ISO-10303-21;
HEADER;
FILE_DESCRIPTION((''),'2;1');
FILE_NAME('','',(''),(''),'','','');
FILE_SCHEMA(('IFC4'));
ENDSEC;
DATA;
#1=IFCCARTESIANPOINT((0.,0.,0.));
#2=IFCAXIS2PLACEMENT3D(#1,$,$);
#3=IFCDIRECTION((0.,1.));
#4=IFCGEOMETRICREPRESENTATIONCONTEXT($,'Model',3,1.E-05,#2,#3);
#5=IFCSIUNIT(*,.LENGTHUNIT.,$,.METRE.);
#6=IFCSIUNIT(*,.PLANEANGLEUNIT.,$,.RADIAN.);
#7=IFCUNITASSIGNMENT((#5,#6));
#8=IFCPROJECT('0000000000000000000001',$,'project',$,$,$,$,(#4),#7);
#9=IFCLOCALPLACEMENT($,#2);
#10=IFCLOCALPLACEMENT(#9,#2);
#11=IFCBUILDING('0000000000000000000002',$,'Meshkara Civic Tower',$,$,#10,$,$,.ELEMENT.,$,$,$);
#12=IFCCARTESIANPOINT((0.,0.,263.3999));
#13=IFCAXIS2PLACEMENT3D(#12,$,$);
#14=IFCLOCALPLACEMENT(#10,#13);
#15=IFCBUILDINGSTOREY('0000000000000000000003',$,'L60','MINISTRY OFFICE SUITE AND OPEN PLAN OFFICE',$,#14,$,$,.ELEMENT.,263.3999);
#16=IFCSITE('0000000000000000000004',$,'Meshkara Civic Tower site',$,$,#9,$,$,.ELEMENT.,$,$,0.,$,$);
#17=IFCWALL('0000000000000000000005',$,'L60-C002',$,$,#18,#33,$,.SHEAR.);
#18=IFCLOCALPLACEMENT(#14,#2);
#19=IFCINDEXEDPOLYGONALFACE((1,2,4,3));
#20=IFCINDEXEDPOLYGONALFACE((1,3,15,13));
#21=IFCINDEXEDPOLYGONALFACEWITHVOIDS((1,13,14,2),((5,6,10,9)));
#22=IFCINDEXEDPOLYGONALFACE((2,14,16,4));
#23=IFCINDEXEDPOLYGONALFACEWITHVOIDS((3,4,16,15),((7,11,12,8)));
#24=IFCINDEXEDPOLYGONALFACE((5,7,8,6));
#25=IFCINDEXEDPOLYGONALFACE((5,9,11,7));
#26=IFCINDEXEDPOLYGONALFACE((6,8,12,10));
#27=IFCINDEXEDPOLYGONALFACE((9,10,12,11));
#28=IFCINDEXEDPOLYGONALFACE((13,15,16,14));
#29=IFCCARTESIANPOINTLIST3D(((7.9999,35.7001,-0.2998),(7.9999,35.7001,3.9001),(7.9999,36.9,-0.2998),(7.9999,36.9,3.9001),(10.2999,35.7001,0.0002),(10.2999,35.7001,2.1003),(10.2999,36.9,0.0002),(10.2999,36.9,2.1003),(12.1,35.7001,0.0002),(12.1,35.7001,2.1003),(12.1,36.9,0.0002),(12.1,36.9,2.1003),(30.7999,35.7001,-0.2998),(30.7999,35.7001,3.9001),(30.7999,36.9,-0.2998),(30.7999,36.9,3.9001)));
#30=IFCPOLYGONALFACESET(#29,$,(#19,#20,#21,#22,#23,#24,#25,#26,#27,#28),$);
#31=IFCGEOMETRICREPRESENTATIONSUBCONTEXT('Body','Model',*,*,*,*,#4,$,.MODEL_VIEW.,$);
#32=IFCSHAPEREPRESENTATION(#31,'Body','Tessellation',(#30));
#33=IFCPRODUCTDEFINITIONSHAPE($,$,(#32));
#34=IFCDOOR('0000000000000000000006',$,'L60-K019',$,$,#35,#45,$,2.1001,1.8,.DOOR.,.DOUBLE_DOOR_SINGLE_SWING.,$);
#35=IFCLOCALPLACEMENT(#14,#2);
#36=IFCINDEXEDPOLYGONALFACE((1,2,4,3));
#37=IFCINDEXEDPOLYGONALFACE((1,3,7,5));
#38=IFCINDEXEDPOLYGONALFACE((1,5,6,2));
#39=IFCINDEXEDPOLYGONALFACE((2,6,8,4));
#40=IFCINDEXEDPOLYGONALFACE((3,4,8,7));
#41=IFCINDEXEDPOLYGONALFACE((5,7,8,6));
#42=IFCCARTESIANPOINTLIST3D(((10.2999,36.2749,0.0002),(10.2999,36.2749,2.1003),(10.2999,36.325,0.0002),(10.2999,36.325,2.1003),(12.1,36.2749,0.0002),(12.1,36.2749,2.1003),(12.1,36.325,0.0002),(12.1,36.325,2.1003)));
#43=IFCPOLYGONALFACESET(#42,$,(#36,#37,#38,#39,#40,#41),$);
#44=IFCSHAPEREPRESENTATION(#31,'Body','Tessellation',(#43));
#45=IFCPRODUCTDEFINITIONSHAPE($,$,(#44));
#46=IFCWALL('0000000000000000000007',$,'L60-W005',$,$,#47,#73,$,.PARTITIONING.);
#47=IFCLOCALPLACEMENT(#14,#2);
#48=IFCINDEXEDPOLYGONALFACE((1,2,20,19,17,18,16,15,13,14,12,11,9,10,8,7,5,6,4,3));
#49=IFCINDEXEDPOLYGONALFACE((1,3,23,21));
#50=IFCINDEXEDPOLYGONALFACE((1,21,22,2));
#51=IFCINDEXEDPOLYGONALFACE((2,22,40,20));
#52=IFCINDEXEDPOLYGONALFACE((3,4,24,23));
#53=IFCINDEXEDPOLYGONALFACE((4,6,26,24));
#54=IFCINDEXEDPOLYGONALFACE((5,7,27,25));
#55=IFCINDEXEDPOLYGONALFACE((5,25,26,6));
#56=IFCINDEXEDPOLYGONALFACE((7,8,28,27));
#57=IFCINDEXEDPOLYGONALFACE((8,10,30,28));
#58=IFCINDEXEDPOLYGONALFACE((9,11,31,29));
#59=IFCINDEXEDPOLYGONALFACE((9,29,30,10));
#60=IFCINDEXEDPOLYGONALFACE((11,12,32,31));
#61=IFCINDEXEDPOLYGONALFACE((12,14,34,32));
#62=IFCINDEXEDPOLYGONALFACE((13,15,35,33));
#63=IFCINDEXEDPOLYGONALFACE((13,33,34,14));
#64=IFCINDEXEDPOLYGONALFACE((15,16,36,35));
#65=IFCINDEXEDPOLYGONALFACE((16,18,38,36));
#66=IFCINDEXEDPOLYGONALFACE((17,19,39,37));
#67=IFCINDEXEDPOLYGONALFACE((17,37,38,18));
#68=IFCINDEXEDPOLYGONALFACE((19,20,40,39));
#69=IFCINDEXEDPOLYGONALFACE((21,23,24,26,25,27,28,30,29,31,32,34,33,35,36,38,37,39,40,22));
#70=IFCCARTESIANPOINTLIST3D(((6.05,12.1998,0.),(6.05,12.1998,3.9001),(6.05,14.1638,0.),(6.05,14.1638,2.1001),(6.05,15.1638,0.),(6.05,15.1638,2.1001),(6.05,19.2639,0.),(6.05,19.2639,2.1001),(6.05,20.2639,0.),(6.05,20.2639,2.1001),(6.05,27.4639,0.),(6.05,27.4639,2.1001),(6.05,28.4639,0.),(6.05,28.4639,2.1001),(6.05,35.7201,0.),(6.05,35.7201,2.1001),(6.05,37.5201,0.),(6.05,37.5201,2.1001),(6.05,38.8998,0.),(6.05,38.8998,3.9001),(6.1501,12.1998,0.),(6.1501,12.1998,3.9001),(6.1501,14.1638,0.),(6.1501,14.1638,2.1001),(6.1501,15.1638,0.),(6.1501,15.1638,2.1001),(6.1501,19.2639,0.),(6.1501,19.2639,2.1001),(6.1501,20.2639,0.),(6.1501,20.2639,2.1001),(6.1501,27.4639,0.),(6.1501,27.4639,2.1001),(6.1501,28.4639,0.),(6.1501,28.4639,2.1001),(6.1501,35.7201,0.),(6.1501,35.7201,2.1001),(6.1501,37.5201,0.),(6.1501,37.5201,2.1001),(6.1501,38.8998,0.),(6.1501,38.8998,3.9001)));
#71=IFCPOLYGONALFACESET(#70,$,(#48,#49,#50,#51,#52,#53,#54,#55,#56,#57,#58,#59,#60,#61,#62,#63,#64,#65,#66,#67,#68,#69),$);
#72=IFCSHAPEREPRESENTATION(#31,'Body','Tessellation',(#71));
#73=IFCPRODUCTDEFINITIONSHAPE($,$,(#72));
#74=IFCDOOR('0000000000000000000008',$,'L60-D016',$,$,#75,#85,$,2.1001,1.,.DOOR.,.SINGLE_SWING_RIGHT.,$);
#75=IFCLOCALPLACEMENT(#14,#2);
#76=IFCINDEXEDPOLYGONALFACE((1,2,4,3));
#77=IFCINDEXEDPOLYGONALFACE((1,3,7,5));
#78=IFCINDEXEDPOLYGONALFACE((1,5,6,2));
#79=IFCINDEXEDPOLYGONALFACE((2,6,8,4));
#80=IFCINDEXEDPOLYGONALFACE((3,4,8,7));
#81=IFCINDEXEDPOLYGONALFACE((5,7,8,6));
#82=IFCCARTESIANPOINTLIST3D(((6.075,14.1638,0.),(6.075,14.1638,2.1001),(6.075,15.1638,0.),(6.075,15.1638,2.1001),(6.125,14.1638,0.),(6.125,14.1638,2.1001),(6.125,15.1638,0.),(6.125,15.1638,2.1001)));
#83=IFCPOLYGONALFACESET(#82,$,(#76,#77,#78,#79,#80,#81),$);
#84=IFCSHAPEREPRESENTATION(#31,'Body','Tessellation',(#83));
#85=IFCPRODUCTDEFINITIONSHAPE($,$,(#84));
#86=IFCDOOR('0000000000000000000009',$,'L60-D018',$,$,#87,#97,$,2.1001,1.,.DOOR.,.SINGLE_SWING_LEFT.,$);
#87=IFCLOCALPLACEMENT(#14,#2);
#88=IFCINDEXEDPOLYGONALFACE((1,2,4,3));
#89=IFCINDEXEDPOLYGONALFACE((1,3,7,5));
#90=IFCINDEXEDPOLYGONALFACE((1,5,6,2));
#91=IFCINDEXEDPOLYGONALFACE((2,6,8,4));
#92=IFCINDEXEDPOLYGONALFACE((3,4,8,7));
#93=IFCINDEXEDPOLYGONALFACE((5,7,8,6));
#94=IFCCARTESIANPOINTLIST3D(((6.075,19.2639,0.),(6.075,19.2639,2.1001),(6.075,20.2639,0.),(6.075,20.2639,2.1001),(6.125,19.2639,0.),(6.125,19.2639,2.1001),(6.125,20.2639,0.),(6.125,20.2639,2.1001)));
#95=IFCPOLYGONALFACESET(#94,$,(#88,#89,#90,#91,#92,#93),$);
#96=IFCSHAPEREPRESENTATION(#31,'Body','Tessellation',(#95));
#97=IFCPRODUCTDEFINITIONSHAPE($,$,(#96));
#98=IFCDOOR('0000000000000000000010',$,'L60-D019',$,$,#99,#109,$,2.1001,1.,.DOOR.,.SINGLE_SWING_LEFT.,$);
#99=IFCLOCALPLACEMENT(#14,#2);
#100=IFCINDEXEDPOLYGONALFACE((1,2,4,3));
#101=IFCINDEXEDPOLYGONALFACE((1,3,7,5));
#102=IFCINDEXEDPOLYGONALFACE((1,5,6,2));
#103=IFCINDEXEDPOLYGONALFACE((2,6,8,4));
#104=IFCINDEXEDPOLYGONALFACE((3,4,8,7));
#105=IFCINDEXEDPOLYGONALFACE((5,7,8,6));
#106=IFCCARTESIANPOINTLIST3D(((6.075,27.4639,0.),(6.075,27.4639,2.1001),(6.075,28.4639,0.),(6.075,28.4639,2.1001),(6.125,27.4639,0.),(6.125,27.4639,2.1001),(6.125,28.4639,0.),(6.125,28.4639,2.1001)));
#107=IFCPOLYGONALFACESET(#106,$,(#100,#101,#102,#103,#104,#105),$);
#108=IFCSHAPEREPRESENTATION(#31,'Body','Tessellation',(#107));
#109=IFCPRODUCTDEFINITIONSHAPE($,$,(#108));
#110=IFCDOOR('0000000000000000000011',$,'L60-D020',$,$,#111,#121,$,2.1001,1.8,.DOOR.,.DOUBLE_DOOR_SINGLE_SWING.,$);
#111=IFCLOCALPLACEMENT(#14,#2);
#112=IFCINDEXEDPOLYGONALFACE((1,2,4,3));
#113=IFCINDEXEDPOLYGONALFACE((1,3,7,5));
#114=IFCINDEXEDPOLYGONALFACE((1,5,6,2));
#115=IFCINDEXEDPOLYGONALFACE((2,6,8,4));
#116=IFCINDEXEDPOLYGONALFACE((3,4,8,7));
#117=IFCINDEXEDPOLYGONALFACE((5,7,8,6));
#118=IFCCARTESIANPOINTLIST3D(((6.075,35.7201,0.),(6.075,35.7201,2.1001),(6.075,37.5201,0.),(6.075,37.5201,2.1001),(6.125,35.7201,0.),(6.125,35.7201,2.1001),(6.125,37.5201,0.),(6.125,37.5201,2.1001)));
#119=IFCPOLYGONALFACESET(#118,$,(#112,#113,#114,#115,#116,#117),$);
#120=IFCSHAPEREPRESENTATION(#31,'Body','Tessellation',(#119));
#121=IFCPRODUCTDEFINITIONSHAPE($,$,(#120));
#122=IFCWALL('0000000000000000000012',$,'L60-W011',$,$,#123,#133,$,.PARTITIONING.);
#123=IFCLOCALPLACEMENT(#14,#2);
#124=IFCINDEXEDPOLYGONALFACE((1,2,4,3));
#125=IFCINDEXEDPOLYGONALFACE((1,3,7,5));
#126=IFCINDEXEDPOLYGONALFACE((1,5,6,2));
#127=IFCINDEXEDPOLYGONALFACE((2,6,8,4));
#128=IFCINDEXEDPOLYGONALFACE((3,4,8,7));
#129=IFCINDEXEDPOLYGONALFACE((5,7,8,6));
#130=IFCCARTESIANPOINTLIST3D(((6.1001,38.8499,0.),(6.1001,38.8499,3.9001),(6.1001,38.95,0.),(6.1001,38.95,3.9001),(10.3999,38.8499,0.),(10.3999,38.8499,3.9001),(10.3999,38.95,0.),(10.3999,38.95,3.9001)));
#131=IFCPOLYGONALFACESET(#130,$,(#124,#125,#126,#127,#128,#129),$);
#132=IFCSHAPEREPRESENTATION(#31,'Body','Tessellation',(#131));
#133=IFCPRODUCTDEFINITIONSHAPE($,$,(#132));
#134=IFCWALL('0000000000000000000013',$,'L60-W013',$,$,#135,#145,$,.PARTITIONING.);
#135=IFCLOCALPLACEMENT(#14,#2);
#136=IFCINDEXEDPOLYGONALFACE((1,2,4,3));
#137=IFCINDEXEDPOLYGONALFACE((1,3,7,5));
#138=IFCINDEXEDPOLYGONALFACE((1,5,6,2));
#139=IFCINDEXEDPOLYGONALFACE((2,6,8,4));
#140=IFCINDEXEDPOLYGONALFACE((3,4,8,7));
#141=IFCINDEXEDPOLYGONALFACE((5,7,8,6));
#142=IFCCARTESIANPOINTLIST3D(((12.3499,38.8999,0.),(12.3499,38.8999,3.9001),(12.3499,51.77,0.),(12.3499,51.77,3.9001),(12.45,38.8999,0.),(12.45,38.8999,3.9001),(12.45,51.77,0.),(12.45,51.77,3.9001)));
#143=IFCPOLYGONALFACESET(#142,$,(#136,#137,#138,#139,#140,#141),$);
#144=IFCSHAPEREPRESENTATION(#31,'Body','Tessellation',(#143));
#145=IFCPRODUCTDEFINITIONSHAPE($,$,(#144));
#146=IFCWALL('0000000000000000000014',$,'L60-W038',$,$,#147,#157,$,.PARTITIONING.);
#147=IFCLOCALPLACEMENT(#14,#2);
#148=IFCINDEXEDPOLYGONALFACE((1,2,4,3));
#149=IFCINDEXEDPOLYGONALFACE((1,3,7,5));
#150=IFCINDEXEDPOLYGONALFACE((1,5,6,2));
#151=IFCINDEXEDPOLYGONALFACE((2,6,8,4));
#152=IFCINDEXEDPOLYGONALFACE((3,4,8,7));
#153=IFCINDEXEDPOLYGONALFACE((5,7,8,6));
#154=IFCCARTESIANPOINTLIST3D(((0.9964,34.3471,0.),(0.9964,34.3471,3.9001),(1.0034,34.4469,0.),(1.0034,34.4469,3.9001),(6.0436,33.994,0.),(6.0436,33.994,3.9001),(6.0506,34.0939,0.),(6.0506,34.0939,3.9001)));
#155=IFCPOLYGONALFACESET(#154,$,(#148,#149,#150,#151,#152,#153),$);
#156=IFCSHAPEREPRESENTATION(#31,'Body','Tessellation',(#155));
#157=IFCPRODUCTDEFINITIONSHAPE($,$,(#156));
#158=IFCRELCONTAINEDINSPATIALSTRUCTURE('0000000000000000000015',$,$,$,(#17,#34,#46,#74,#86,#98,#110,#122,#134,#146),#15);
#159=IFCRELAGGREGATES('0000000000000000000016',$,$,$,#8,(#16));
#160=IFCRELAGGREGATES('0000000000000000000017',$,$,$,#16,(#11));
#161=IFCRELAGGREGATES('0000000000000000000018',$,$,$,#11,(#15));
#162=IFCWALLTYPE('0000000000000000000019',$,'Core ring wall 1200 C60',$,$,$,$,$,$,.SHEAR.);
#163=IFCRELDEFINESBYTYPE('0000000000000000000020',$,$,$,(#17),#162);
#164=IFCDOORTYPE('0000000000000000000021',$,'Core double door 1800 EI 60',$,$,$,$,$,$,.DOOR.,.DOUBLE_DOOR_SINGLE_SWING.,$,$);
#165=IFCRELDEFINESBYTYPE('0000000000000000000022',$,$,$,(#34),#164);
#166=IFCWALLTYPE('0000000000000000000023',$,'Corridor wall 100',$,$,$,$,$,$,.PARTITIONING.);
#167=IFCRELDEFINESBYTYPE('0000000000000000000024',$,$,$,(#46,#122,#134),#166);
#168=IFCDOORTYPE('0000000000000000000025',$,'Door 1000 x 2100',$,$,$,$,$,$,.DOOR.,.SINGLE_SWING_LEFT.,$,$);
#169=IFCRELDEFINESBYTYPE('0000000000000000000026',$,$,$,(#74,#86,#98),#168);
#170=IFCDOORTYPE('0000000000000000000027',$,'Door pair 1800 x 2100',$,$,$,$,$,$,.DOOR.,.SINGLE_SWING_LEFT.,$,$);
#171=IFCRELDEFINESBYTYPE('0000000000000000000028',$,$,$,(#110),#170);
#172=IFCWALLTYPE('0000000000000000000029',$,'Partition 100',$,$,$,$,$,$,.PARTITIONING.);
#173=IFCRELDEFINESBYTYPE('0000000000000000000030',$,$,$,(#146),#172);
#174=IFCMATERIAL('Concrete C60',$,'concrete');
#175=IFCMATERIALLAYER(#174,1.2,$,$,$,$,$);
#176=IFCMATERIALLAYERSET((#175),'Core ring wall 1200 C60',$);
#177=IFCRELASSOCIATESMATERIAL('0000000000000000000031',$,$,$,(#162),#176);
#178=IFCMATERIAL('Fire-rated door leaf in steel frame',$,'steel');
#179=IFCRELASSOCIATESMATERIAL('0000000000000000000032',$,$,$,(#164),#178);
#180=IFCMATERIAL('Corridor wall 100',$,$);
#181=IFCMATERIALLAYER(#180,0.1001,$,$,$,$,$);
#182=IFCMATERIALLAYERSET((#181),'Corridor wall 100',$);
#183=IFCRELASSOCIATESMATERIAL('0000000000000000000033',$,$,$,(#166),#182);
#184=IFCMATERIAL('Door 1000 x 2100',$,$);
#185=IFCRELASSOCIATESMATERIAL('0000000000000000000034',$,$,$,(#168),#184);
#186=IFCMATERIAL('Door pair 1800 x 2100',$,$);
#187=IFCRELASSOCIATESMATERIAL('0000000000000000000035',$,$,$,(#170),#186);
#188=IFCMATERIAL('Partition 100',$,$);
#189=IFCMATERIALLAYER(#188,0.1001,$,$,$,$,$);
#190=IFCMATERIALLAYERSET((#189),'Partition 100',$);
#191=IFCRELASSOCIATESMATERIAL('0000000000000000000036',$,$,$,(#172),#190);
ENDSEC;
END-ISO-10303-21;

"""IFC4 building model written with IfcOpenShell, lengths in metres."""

from ifc_helpers import new_model, si_unit, direction, frame, frame_2d, origin, place, context, subcontext, project, spatial, rectangle, extrude, material, layer, layer_set, type_object, element, fill, save


model = new_model("IFC4")

# Units and contexts
model_context = context("Model", 3, precision=1e-05, world=origin(), true_north=direction((0.0, 1.0)))
body_context = subcontext(model_context, "Body", "Model", "MODEL_VIEW")
ifc_project = project(units=[si_unit("LENGTHUNIT", "METRE"), si_unit("PLANEANGLEUNIT", "RADIAN")], contexts=[model_context])

# Site, building, storey
site_placement = place(None, origin())
site = spatial("IfcSite", under=ifc_project, at=site_placement, Name="Meshkara Civic Tower site", CompositionType="ELEMENT", RefElevation=0.0)
building_placement = place(site_placement, origin())
building = spatial("IfcBuilding", under=site, at=building_placement, Name="Meshkara Civic Tower", CompositionType="ELEMENT")
storey_placement = place(building_placement, frame((0.0, 0.0, 263.3999)))
storey = spatial("IfcBuildingStorey", under=building, at=storey_placement, Name="L60", Description="MINISTRY OFFICE SUITE AND OPEN PLAN OFFICE", CompositionType="ELEMENT", Elevation=263.3999)

# Wall, opening, door
ifc_material_1 = material(Name="Concrete C60", Category="concrete")
ifc_layer_1 = layer(ifc_material_1, 1.2)
ifc_layer_set_1 = layer_set([ifc_layer_1], Name="Core ring wall 1200 C60")
wall_type_1 = type_object("IfcWallType", Name="Core ring wall 1200 C60", PredefinedType="SHEAR", material=ifc_layer_set_1)
wall_1_placement = place(storey_placement, frame((8.0, 36.3, -0.2998), z_axis=(0.0, 0.0, 1.0), x_axis=(1.0, 0.0, 0.0)))
wall_1 = element("IfcWall", 1, at=wall_1_placement, inside=storey, type_object=wall_type_1, Name="L60-C002", PredefinedType="SHEAR", context=body_context, shape_type="SweptSolid", body=[
    extrude(rectangle(XDim=22.8, YDim=1.2, at=frame_2d((11.3999, 0.0))), origin(), (0.0, 0.0, 1.0), 4.2),
])
opening_1_placement = place(wall_1_placement, frame((2.3, 0.0, 0.3)))
opening_1 = element("IfcOpeningElement", 2, at=opening_1_placement, cuts=wall_1, PredefinedType="OPENING", context=body_context, shape_type="SweptSolid", body=[
    extrude(rectangle(XDim=1.8, YDim=2.1001, at=frame_2d((0.8999, 1.05))), frame((0.0, 0.6099, 0.0), z_axis=(0.0, -1.0, 0.0), x_axis=(1.0, 0.0, 0.0)), (0.0, 0.0, 1.0), 1.22),
])
ifc_material_2 = material(Name="Fire-rated door leaf in steel frame", Category="steel")
door_type_1 = type_object("IfcDoorType", Name="Core double door 1800 EI 60", OperationType="DOUBLE_DOOR_SINGLE_SWING", PredefinedType="DOOR", material=ifc_material_2)
door_1_placement = place(opening_1_placement, origin())
door_1 = element("IfcDoor", 3, at=door_1_placement, inside=storey, type_object=door_type_1, Name="L60-K019", OperationType="DOUBLE_DOOR_SINGLE_SWING", OverallHeight=2.1001, OverallWidth=1.8, PredefinedType="DOOR", context=body_context, shape_type="SweptSolid", body=[
    extrude(rectangle(XDim=1.8, YDim=2.1001, at=frame_2d((0.8999, 1.05))), frame((0.0, 0.0249, 0.0), z_axis=(0.0, -1.0, 0.0), x_axis=(1.0, 0.0, 0.0)), (0.0, 0.0, 1.0), 0.05),
])
fill(opening_1, door_1)

# Wall, openings, doors
ifc_material_3 = material(Name="Corridor wall 100")
ifc_layer_2 = layer(ifc_material_3, 0.1001)
ifc_layer_set_2 = layer_set([ifc_layer_2], Name="Corridor wall 100")
wall_type_2 = type_object("IfcWallType", Name="Corridor wall 100", PredefinedType="PARTITIONING", material=ifc_layer_set_2)
wall_2_placement = place(storey_placement, frame((6.1001, 38.8999, 0.0), z_axis=(0.0, 0.0, 1.0), x_axis=(0.0, -1.0, 0.0)))
wall_2 = element("IfcWall", 4, at=wall_2_placement, inside=storey, type_object=wall_type_2, Name="L60-W005", PredefinedType="PARTITIONING", context=body_context, shape_type="SweptSolid", body=[
    extrude(rectangle(XDim=26.7, YDim=0.1001, at=frame_2d((13.3501, 0.0))), origin(), (0.0, 0.0, 1.0), 3.9001),
])
opening_2_placement = place(wall_2_placement, frame((23.7361, 0.0, 0.0)))
opening_2 = element("IfcOpeningElement", 5, at=opening_2_placement, cuts=wall_2, PredefinedType="OPENING", context=body_context, shape_type="SweptSolid", body=[
    extrude(rectangle(XDim=1.0, YDim=2.1001, at=frame_2d((0.5, 1.05))), frame((0.0, 0.0601, 0.0), z_axis=(0.0, -1.0, 0.0), x_axis=(1.0, 0.0, 0.0)), (0.0, 0.0, 1.0), 0.1201),
])
opening_3_placement = place(wall_2_placement, frame((18.636, 0.0, 0.0)))
opening_3 = element("IfcOpeningElement", 6, at=opening_3_placement, cuts=wall_2, PredefinedType="OPENING", context=body_context, shape_type="SweptSolid", body=[
    extrude(rectangle(XDim=1.0, YDim=2.1001, at=frame_2d((0.5, 1.05))), frame((0.0, 0.0601, 0.0), z_axis=(0.0, -1.0, 0.0), x_axis=(1.0, 0.0, 0.0)), (0.0, 0.0, 1.0), 0.1201),
])
opening_4_placement = place(wall_2_placement, frame((10.436, 0.0, 0.0)))
opening_4 = element("IfcOpeningElement", 7, at=opening_4_placement, cuts=wall_2, PredefinedType="OPENING", context=body_context, shape_type="SweptSolid", body=[
    extrude(rectangle(XDim=1.0, YDim=2.1001, at=frame_2d((0.5, 1.05))), frame((0.0, 0.0601, 0.0), z_axis=(0.0, -1.0, 0.0), x_axis=(1.0, 0.0, 0.0)), (0.0, 0.0, 1.0), 0.1201),
])
opening_5_placement = place(wall_2_placement, frame((1.3799, 0.0, 0.0)))
opening_5 = element("IfcOpeningElement", 8, at=opening_5_placement, cuts=wall_2, PredefinedType="OPENING", context=body_context, shape_type="SweptSolid", body=[
    extrude(rectangle(XDim=1.8, YDim=2.1001, at=frame_2d((0.8999, 1.05))), frame((0.0, 0.0601, 0.0), z_axis=(0.0, -1.0, 0.0), x_axis=(1.0, 0.0, 0.0)), (0.0, 0.0, 1.0), 0.1201),
])
ifc_material_4 = material(Name="Door 1000 x 2100")
door_type_2 = type_object("IfcDoorType", Name="Door 1000 x 2100", OperationType="SINGLE_SWING_LEFT", PredefinedType="DOOR", material=ifc_material_4)
door_2_placement = place(opening_2_placement, origin())
door_2 = element("IfcDoor", 9, at=door_2_placement, inside=storey, type_object=door_type_2, Name="L60-D016", OperationType="SINGLE_SWING_RIGHT", OverallHeight=2.1001, OverallWidth=1.0, PredefinedType="DOOR", context=body_context, shape_type="SweptSolid", body=[
    extrude(rectangle(XDim=1.0, YDim=2.1001, at=frame_2d((0.5, 1.05))), frame((0.0, 0.0249, 0.0), z_axis=(0.0, -1.0, 0.0), x_axis=(1.0, 0.0, 0.0)), (0.0, 0.0, 1.0), 0.05),
])
fill(opening_2, door_2)
door_3_placement = place(opening_3_placement, origin())
door_3 = element("IfcDoor", 10, at=door_3_placement, inside=storey, type_object=door_type_2, Name="L60-D018", OperationType="SINGLE_SWING_LEFT", OverallHeight=2.1001, OverallWidth=1.0, PredefinedType="DOOR", context=body_context, shape_type="SweptSolid", body=[
    extrude(rectangle(XDim=1.0, YDim=2.1001, at=frame_2d((0.5, 1.05))), frame((0.0, 0.0249, 0.0), z_axis=(0.0, -1.0, 0.0), x_axis=(1.0, 0.0, 0.0)), (0.0, 0.0, 1.0), 0.05),
])
fill(opening_3, door_3)
door_4_placement = place(opening_4_placement, origin())
door_4 = element("IfcDoor", 11, at=door_4_placement, inside=storey, type_object=door_type_2, Name="L60-D019", OperationType="SINGLE_SWING_LEFT", OverallHeight=2.1001, OverallWidth=1.0, PredefinedType="DOOR", context=body_context, shape_type="SweptSolid", body=[
    extrude(rectangle(XDim=1.0, YDim=2.1001, at=frame_2d((0.5, 1.05))), frame((0.0, 0.0249, 0.0), z_axis=(0.0, -1.0, 0.0), x_axis=(1.0, 0.0, 0.0)), (0.0, 0.0, 1.0), 0.05),
])
fill(opening_4, door_4)
ifc_material_5 = material(Name="Door pair 1800 x 2100")
door_type_3 = type_object("IfcDoorType", Name="Door pair 1800 x 2100", OperationType="SINGLE_SWING_LEFT", PredefinedType="DOOR", material=ifc_material_5)
door_5_placement = place(opening_5_placement, origin())
door_5 = element("IfcDoor", 12, at=door_5_placement, inside=storey, type_object=door_type_3, Name="L60-D020", OperationType="DOUBLE_DOOR_SINGLE_SWING", OverallHeight=2.1001, OverallWidth=1.8, PredefinedType="DOOR", context=body_context, shape_type="SweptSolid", body=[
    extrude(rectangle(XDim=1.8, YDim=2.1001, at=frame_2d((0.8999, 1.05))), frame((0.0, 0.0249, 0.0), z_axis=(0.0, -1.0, 0.0), x_axis=(1.0, 0.0, 0.0)), (0.0, 0.0, 1.0), 0.05),
])
fill(opening_5, door_5)

# Walls
wall_3_placement = place(storey_placement, frame((10.3999, 38.8999, 0.0), z_axis=(0.0, 0.0, 1.0), x_axis=(-1.0, 0.0, 0.0)))
element("IfcWall", 13, at=wall_3_placement, inside=storey, type_object=wall_type_2, Name="L60-W011", PredefinedType="PARTITIONING", context=body_context, shape_type="SweptSolid", body=[
    extrude(rectangle(XDim=4.2998, YDim=0.1001, at=frame_2d((2.1499, 0.0))), origin(), (0.0, 0.0, 1.0), 3.9001),
])
wall_4_placement = place(storey_placement, frame((12.3999, 38.8999, 0.0), z_axis=(0.0, 0.0, 1.0), x_axis=(0.0, 1.0, 0.0)))
element("IfcWall", 14, at=wall_4_placement, inside=storey, type_object=wall_type_2, Name="L60-W013", PredefinedType="PARTITIONING", context=body_context, shape_type="SweptSolid", body=[
    extrude(rectangle(XDim=12.8701, YDim=0.1001, at=frame_2d((6.4351, 0.0))), origin(), (0.0, 0.0, 1.0), 3.9001),
])
ifc_material_6 = material(Name="Partition 100")
ifc_layer_3 = layer(ifc_material_6, 0.1001)
ifc_layer_set_3 = layer_set([ifc_layer_3], Name="Partition 100")
wall_type_3 = type_object("IfcWallType", Name="Partition 100", PredefinedType="PARTITIONING", material=ifc_layer_set_3)
wall_5_placement = place(storey_placement, frame((6.0471, 34.0439, 0.0), z_axis=(0.0, 0.0, 1.0), x_axis=(-0.997563, 0.069776, 0.0)))
element("IfcWall", 15, at=wall_5_placement, inside=storey, type_object=wall_type_3, Name="L60-W038", PredefinedType="PARTITIONING", context=body_context, shape_type="SweptSolid", body=[
    extrude(rectangle(XDim=5.0596, YDim=0.1001, at=frame_2d((2.5298, 0.0))), origin(), (0.0, 0.0, 1.0), 3.9001),
])

save(model, "model.ifc")
